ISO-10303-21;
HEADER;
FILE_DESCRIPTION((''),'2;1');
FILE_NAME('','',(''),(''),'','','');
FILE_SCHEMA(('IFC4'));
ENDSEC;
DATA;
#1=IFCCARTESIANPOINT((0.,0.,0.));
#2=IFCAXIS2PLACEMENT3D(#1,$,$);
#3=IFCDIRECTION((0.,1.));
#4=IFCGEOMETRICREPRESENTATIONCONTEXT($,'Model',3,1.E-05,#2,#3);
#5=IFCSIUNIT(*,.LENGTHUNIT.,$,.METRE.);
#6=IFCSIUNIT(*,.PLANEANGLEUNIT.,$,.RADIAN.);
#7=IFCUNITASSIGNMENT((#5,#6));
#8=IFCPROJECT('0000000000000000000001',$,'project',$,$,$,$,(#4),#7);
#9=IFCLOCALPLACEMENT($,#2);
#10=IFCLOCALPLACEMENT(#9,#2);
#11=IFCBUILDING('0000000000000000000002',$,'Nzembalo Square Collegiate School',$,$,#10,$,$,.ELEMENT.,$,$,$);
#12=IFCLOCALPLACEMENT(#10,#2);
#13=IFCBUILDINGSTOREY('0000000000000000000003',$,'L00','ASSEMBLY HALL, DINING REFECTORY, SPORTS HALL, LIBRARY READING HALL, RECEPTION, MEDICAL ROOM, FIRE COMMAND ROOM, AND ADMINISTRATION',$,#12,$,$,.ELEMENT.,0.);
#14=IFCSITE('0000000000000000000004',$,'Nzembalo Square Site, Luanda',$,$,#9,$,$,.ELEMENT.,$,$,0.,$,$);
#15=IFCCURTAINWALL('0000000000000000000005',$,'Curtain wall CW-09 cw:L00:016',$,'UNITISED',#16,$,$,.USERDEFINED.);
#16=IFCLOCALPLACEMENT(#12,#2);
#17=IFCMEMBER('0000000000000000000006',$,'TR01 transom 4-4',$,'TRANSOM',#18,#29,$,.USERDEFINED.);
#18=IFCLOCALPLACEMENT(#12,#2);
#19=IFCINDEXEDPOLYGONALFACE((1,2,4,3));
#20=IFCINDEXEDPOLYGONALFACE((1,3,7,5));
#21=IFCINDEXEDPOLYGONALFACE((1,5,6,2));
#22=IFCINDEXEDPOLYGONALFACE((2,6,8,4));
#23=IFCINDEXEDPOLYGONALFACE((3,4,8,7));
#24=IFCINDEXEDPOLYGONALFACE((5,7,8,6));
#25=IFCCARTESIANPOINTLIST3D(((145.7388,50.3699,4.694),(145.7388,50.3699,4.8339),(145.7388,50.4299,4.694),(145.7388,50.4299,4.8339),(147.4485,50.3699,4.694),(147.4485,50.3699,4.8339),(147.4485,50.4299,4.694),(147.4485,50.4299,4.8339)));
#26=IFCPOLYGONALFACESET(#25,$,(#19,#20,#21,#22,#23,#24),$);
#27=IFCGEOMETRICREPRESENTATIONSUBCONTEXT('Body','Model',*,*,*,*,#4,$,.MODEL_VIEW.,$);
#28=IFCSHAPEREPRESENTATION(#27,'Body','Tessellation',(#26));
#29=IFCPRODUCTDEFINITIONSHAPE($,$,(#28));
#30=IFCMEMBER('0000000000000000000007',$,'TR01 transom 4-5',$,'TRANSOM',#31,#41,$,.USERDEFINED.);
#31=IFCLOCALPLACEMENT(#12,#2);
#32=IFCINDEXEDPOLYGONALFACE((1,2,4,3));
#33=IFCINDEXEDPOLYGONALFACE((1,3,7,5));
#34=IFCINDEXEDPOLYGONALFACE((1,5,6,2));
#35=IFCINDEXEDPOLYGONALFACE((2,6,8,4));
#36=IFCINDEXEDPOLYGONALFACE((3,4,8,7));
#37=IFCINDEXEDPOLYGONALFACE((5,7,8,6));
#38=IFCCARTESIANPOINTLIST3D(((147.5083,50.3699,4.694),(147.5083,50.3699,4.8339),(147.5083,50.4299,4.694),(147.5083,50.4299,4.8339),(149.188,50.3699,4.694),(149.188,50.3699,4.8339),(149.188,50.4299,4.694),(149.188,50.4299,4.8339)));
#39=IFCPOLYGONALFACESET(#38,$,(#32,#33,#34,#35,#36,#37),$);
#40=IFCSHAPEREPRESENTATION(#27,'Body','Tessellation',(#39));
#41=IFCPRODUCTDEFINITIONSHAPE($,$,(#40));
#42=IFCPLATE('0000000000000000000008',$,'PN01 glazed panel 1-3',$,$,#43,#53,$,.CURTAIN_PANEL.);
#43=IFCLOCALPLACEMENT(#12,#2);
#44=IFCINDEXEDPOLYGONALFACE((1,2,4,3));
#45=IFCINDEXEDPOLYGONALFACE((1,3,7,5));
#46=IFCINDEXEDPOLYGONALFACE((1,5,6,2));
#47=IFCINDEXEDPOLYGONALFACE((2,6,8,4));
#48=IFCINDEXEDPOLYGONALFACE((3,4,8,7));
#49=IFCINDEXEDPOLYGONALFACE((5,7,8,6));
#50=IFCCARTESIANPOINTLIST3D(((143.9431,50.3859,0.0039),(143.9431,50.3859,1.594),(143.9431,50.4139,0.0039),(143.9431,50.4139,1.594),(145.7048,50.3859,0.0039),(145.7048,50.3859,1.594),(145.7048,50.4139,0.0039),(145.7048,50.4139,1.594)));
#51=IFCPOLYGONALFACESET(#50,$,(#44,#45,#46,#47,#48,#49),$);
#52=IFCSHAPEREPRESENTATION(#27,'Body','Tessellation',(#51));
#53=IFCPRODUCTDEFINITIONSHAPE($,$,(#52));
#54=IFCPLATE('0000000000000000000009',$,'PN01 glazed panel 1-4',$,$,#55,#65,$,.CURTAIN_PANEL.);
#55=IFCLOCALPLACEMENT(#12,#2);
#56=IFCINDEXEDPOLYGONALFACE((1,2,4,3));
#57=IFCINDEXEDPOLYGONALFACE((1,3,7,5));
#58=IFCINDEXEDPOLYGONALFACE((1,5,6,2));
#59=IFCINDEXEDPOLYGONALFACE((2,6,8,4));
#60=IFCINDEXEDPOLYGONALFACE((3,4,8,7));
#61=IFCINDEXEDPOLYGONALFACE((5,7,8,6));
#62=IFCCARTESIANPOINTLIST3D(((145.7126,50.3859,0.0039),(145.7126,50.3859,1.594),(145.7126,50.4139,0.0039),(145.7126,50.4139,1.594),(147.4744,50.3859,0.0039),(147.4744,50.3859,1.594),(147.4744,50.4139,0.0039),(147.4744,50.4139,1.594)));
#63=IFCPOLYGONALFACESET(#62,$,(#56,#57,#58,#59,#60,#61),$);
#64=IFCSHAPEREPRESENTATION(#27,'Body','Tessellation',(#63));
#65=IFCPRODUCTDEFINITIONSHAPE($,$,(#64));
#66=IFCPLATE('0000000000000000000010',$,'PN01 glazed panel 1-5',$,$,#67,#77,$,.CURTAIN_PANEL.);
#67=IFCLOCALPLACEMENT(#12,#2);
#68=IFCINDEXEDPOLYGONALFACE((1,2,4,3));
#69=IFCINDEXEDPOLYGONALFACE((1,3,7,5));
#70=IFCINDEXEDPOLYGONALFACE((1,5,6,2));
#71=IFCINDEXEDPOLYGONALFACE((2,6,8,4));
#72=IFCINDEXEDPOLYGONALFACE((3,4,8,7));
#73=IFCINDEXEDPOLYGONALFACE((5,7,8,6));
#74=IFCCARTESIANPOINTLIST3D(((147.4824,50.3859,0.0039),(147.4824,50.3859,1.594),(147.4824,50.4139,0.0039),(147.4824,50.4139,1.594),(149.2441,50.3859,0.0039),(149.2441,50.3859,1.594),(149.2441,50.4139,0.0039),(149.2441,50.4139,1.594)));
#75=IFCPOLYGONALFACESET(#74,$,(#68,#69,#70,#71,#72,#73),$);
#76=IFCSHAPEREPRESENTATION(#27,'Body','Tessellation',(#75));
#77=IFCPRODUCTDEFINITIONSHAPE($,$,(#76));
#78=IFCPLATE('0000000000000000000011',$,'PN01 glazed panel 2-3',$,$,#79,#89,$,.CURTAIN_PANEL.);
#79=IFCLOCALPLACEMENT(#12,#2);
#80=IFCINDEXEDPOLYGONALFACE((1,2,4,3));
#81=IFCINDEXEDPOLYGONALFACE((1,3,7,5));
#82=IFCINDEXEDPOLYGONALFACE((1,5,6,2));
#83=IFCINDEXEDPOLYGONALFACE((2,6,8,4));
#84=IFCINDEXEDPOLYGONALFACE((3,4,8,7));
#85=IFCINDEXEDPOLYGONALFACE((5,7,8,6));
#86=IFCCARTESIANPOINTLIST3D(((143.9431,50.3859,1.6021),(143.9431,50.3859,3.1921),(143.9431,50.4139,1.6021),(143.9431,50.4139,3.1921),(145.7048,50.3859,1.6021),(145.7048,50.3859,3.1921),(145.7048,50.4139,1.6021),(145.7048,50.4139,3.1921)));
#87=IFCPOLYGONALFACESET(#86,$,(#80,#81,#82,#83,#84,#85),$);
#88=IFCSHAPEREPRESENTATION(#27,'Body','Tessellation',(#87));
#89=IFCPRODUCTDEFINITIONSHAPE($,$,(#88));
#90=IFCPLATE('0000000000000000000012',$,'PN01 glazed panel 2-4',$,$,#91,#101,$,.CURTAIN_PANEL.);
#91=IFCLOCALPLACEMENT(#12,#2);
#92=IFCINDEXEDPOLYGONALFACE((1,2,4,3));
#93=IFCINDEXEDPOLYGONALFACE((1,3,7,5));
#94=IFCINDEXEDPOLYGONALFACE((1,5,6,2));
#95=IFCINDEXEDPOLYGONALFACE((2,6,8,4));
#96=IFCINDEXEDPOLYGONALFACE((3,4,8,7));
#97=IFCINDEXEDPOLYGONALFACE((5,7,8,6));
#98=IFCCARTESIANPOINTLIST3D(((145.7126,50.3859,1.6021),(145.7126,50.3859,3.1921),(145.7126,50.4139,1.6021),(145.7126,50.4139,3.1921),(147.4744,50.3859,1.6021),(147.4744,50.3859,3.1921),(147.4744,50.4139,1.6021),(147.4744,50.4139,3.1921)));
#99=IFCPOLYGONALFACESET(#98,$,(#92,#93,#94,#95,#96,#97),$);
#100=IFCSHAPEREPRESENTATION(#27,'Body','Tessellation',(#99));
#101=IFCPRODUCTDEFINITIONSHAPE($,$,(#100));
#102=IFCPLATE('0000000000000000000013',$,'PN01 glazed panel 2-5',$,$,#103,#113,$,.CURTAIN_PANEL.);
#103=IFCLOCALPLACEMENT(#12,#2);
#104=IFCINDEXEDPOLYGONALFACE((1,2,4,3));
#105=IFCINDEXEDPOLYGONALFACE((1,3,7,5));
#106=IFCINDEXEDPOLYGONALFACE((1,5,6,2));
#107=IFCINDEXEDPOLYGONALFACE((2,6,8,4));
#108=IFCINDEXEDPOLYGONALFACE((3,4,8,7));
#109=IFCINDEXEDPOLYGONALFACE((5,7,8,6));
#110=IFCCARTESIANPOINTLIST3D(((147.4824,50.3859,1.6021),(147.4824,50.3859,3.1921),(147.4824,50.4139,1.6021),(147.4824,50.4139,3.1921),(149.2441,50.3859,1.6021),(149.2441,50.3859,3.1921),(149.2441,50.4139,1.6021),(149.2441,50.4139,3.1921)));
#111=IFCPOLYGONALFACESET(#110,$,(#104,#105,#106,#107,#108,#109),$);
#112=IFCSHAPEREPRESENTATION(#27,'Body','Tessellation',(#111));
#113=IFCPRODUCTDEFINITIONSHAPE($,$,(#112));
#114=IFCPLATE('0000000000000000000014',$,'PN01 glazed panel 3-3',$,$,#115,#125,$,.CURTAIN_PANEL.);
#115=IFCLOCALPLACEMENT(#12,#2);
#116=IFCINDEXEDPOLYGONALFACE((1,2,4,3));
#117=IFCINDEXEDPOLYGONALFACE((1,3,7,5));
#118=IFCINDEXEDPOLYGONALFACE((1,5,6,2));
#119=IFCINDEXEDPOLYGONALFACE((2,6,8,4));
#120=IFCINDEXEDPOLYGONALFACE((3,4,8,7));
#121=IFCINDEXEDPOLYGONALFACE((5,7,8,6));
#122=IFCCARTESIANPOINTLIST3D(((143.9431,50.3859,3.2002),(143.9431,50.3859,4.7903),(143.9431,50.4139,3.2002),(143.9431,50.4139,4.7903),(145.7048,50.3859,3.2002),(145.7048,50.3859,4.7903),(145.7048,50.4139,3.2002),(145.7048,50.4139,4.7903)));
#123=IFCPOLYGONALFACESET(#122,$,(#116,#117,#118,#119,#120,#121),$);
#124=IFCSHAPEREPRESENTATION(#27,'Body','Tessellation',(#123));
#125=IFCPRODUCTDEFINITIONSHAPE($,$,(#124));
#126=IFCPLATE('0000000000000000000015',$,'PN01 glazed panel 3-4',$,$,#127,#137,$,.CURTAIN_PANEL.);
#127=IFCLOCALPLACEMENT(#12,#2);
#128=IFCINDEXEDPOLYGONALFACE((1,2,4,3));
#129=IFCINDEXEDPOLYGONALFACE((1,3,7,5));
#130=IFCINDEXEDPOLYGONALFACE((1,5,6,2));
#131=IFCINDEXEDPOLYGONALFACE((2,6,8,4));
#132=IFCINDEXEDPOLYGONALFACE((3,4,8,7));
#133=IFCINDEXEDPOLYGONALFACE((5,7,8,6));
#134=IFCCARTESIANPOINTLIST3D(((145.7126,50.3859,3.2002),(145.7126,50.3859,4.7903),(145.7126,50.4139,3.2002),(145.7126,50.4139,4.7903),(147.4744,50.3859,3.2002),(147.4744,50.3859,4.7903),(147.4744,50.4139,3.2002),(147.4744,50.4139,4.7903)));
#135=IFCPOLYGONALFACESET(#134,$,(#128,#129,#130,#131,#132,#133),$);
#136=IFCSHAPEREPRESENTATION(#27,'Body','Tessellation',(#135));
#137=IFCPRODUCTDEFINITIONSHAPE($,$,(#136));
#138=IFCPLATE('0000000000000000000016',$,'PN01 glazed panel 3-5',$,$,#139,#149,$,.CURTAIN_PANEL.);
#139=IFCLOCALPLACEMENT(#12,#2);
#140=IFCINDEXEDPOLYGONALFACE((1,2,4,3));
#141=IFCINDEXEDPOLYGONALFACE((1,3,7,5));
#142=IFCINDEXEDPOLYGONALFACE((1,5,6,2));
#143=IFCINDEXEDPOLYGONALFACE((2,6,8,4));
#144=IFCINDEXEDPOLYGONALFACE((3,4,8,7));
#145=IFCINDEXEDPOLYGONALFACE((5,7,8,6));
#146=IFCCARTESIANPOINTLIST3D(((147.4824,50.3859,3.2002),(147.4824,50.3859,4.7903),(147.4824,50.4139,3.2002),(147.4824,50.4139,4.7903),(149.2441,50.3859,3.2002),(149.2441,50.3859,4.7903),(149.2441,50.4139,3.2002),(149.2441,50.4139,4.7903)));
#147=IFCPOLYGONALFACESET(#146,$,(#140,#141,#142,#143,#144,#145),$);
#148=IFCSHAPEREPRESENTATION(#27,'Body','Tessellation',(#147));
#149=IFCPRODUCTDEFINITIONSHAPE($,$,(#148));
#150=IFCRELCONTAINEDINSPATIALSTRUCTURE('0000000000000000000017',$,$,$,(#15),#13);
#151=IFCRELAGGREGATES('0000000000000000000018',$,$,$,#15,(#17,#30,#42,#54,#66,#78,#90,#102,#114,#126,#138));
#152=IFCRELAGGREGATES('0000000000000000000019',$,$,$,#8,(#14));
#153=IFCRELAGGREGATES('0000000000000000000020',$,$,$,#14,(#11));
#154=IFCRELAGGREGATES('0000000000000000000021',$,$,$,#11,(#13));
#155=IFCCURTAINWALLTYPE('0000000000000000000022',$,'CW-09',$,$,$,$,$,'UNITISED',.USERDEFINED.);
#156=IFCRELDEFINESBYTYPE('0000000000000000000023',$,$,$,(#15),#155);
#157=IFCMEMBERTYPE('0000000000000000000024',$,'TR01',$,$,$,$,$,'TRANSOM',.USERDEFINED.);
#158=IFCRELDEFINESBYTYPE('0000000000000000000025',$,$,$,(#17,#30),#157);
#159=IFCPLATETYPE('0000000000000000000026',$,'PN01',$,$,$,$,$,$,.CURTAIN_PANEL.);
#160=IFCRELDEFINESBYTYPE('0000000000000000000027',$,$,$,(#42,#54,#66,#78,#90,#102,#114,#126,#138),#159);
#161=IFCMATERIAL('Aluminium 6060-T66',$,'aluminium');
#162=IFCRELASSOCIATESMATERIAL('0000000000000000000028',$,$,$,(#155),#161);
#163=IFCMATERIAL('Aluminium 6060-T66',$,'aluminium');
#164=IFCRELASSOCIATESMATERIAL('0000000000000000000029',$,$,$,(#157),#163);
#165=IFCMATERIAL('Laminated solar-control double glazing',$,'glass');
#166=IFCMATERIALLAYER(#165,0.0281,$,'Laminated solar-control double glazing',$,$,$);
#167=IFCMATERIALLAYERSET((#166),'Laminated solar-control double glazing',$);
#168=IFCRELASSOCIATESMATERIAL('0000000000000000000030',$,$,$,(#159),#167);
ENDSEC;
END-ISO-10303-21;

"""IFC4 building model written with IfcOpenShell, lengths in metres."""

from ifc_helpers import new_model, si_unit, direction, frame, origin, origin_2d, place, context, subcontext, project, spatial, rectangle, extrude, material, layer, layer_set, material_profile, profile_set, type_object, element, aggregate, save


model = new_model("IFC4")

# Units and contexts
model_context = context("Model", 3, precision=1e-05, world=origin(), true_north=direction((0.0, 1.0)))
body_context = subcontext(model_context, "Body", "Model", "MODEL_VIEW")
ifc_project = project(units=[si_unit("LENGTHUNIT", "METRE"), si_unit("PLANEANGLEUNIT", "RADIAN")], contexts=[model_context])

# Site, building, storey
site_placement = place(None, origin())
site = spatial("IfcSite", under=ifc_project, at=site_placement, Name="Nzembalo Square Site, Luanda", CompositionType="ELEMENT", RefElevation=0.0)
building_placement = place(site_placement, origin())
building = spatial("IfcBuilding", under=site, at=building_placement, Name="Nzembalo Square Collegiate School", CompositionType="ELEMENT")
storey_placement = place(building_placement, origin())
storey = spatial("IfcBuildingStorey", under=building, at=storey_placement, Name="L00", Description="ASSEMBLY HALL, DINING REFECTORY, SPORTS HALL, LIBRARY READING HALL, RECEPTION, MEDICAL ROOM, FIRE COMMAND ROOM, AND ADMINISTRATION", CompositionType="ELEMENT", Elevation=0.0)

# Curtain wall, members, plates
ifc_material_1 = material(Name="Aluminium 6060-T66", Category="aluminium")
curtain_wall_type = type_object("IfcCurtainWallType", Name="CW-09", ElementType="UNITISED", PredefinedType="USERDEFINED", material=ifc_material_1)
curtain_wall_placement = place(storey_placement, origin())
curtain_wall = element("IfcCurtainWall", 1, at=curtain_wall_placement, inside=storey, type_object=curtain_wall_type, Name="Curtain wall CW-09 cw:L00:016", ObjectType="UNITISED", PredefinedType="USERDEFINED")
ifc_material_2 = material(Name="Aluminium 6060-T66", Category="aluminium")
ifc_material_profile_1 = material_profile(ifc_material_2, rectangle(XDim=0.0601, YDim=0.1399, at=origin_2d()), Name="ALU T60x140")
ifc_profile_set_1 = profile_set([ifc_material_profile_1], Name="Aluminium 6060-T66")
member_type_1 = type_object("IfcMemberType", Name="TR01", ElementType="TRANSOM", PredefinedType="USERDEFINED", material=ifc_profile_set_1)
member_1_placement = place(storey_placement, frame((145.7388, 50.3999, 4.7639), z_axis=(1.0, 0.0, 0.0), x_axis=(0.0, 1.0, 0.0)))
member_1 = element("IfcMember", 2, at=member_1_placement, type_object=member_type_1, Name="TR01 transom 4-4", ObjectType="TRANSOM", PredefinedType="USERDEFINED", context=body_context, shape_type="SweptSolid", body=[
    extrude(rectangle(XDim=0.0601, YDim=0.1399, at=origin_2d()), origin(), (0.0, 0.0, 1.0), 1.7097),
])
member_2_placement = place(storey_placement, frame((147.5083, 50.3999, 4.7639), z_axis=(1.0, 0.0, 0.0), x_axis=(0.0, 1.0, 0.0)))
member_2 = element("IfcMember", 3, at=member_2_placement, type_object=member_type_1, Name="TR01 transom 4-5", ObjectType="TRANSOM", PredefinedType="USERDEFINED", context=body_context, shape_type="SweptSolid", body=[
    extrude(rectangle(XDim=0.0601, YDim=0.1399, at=origin_2d()), origin(), (0.0, 0.0, 1.0), 1.6797),
])
ifc_material_3 = material(Name="Laminated solar-control double glazing", Category="glass")
ifc_layer = layer(ifc_material_3, 0.0281, Name="Laminated solar-control double glazing")
ifc_layer_set = layer_set([ifc_layer], Name="Laminated solar-control double glazing")
plate_type = type_object("IfcPlateType", Name="PN01", PredefinedType="CURTAIN_PANEL", material=ifc_layer_set)
plate_1_placement = place(storey_placement, frame((144.824, 50.3999, 0.0039), z_axis=(0.0, 0.0, 1.0), x_axis=(1.0, 0.0, 0.0)))
plate_1 = element("IfcPlate", 4, at=plate_1_placement, type_object=plate_type, Name="PN01 glazed panel 1-3", PredefinedType="CURTAIN_PANEL", context=body_context, shape_type="SweptSolid", body=[
    extrude(rectangle(XDim=1.7617, YDim=0.0281, at=origin_2d()), origin(), (0.0, 0.0, 1.0), 1.5901),
])
plate_2_placement = place(storey_placement, frame((146.5935, 50.3999, 0.0039), z_axis=(0.0, 0.0, 1.0), x_axis=(1.0, 0.0, 0.0)))
plate_2 = element("IfcPlate", 5, at=plate_2_placement, type_object=plate_type, Name="PN01 glazed panel 1-4", PredefinedType="CURTAIN_PANEL", context=body_context, shape_type="SweptSolid", body=[
    extrude(rectangle(XDim=1.7617, YDim=0.0281, at=origin_2d()), origin(), (0.0, 0.0, 1.0), 1.5901),
])
plate_3_placement = place(storey_placement, frame((148.3633, 50.3999, 0.0039), z_axis=(0.0, 0.0, 1.0), x_axis=(1.0, 0.0, 0.0)))
plate_3 = element("IfcPlate", 6, at=plate_3_placement, type_object=plate_type, Name="PN01 glazed panel 1-5", PredefinedType="CURTAIN_PANEL", context=body_context, shape_type="SweptSolid", body=[
    extrude(rectangle(XDim=1.7617, YDim=0.0281, at=origin_2d()), origin(), (0.0, 0.0, 1.0), 1.5901),
])
plate_4_placement = place(storey_placement, frame((144.824, 50.3999, 1.6021), z_axis=(0.0, 0.0, 1.0), x_axis=(1.0, 0.0, 0.0)))
plate_4 = element("IfcPlate", 7, at=plate_4_placement, type_object=plate_type, Name="PN01 glazed panel 2-3", PredefinedType="CURTAIN_PANEL", context=body_context, shape_type="SweptSolid", body=[
    extrude(rectangle(XDim=1.7617, YDim=0.0281, at=origin_2d()), origin(), (0.0, 0.0, 1.0), 1.5901),
])
plate_5_placement = place(storey_placement, frame((146.5935, 50.3999, 1.6021), z_axis=(0.0, 0.0, 1.0), x_axis=(1.0, 0.0, 0.0)))
plate_5 = element("IfcPlate", 8, at=plate_5_placement, type_object=plate_type, Name="PN01 glazed panel 2-4", PredefinedType="CURTAIN_PANEL", context=body_context, shape_type="SweptSolid", body=[
    extrude(rectangle(XDim=1.7617, YDim=0.0281, at=origin_2d()), origin(), (0.0, 0.0, 1.0), 1.5901),
])
plate_6_placement = place(storey_placement, frame((148.3633, 50.3999, 1.6021), z_axis=(0.0, 0.0, 1.0), x_axis=(1.0, 0.0, 0.0)))
plate_6 = element("IfcPlate", 9, at=plate_6_placement, type_object=plate_type, Name="PN01 glazed panel 2-5", PredefinedType="CURTAIN_PANEL", context=body_context, shape_type="SweptSolid", body=[
    extrude(rectangle(XDim=1.7617, YDim=0.0281, at=origin_2d()), origin(), (0.0, 0.0, 1.0), 1.5901),
])
plate_7_placement = place(storey_placement, frame((144.824, 50.3999, 3.2002), z_axis=(0.0, 0.0, 1.0), x_axis=(1.0, 0.0, 0.0)))
plate_7 = element("IfcPlate", 10, at=plate_7_placement, type_object=plate_type, Name="PN01 glazed panel 3-3", PredefinedType="CURTAIN_PANEL", context=body_context, shape_type="SweptSolid", body=[
    extrude(rectangle(XDim=1.7617, YDim=0.0281, at=origin_2d()), origin(), (0.0, 0.0, 1.0), 1.5901),
])
plate_8_placement = place(storey_placement, frame((146.5935, 50.3999, 3.2002), z_axis=(0.0, 0.0, 1.0), x_axis=(1.0, 0.0, 0.0)))
plate_8 = element("IfcPlate", 11, at=plate_8_placement, type_object=plate_type, Name="PN01 glazed panel 3-4", PredefinedType="CURTAIN_PANEL", context=body_context, shape_type="SweptSolid", body=[
    extrude(rectangle(XDim=1.7617, YDim=0.0281, at=origin_2d()), origin(), (0.0, 0.0, 1.0), 1.5901),
])
plate_9_placement = place(storey_placement, frame((148.3633, 50.3999, 3.2002), z_axis=(0.0, 0.0, 1.0), x_axis=(1.0, 0.0, 0.0)))
plate_9 = element("IfcPlate", 12, at=plate_9_placement, type_object=plate_type, Name="PN01 glazed panel 3-5", PredefinedType="CURTAIN_PANEL", context=body_context, shape_type="SweptSolid", body=[
    extrude(rectangle(XDim=1.7617, YDim=0.0281, at=origin_2d()), origin(), (0.0, 0.0, 1.0), 1.5901),
])
aggregate(curtain_wall, [member_1, member_2, plate_1, plate_2, plate_3, plate_4, plate_5, plate_6, plate_7, plate_8, plate_9])

save(model, "model.ifc")
